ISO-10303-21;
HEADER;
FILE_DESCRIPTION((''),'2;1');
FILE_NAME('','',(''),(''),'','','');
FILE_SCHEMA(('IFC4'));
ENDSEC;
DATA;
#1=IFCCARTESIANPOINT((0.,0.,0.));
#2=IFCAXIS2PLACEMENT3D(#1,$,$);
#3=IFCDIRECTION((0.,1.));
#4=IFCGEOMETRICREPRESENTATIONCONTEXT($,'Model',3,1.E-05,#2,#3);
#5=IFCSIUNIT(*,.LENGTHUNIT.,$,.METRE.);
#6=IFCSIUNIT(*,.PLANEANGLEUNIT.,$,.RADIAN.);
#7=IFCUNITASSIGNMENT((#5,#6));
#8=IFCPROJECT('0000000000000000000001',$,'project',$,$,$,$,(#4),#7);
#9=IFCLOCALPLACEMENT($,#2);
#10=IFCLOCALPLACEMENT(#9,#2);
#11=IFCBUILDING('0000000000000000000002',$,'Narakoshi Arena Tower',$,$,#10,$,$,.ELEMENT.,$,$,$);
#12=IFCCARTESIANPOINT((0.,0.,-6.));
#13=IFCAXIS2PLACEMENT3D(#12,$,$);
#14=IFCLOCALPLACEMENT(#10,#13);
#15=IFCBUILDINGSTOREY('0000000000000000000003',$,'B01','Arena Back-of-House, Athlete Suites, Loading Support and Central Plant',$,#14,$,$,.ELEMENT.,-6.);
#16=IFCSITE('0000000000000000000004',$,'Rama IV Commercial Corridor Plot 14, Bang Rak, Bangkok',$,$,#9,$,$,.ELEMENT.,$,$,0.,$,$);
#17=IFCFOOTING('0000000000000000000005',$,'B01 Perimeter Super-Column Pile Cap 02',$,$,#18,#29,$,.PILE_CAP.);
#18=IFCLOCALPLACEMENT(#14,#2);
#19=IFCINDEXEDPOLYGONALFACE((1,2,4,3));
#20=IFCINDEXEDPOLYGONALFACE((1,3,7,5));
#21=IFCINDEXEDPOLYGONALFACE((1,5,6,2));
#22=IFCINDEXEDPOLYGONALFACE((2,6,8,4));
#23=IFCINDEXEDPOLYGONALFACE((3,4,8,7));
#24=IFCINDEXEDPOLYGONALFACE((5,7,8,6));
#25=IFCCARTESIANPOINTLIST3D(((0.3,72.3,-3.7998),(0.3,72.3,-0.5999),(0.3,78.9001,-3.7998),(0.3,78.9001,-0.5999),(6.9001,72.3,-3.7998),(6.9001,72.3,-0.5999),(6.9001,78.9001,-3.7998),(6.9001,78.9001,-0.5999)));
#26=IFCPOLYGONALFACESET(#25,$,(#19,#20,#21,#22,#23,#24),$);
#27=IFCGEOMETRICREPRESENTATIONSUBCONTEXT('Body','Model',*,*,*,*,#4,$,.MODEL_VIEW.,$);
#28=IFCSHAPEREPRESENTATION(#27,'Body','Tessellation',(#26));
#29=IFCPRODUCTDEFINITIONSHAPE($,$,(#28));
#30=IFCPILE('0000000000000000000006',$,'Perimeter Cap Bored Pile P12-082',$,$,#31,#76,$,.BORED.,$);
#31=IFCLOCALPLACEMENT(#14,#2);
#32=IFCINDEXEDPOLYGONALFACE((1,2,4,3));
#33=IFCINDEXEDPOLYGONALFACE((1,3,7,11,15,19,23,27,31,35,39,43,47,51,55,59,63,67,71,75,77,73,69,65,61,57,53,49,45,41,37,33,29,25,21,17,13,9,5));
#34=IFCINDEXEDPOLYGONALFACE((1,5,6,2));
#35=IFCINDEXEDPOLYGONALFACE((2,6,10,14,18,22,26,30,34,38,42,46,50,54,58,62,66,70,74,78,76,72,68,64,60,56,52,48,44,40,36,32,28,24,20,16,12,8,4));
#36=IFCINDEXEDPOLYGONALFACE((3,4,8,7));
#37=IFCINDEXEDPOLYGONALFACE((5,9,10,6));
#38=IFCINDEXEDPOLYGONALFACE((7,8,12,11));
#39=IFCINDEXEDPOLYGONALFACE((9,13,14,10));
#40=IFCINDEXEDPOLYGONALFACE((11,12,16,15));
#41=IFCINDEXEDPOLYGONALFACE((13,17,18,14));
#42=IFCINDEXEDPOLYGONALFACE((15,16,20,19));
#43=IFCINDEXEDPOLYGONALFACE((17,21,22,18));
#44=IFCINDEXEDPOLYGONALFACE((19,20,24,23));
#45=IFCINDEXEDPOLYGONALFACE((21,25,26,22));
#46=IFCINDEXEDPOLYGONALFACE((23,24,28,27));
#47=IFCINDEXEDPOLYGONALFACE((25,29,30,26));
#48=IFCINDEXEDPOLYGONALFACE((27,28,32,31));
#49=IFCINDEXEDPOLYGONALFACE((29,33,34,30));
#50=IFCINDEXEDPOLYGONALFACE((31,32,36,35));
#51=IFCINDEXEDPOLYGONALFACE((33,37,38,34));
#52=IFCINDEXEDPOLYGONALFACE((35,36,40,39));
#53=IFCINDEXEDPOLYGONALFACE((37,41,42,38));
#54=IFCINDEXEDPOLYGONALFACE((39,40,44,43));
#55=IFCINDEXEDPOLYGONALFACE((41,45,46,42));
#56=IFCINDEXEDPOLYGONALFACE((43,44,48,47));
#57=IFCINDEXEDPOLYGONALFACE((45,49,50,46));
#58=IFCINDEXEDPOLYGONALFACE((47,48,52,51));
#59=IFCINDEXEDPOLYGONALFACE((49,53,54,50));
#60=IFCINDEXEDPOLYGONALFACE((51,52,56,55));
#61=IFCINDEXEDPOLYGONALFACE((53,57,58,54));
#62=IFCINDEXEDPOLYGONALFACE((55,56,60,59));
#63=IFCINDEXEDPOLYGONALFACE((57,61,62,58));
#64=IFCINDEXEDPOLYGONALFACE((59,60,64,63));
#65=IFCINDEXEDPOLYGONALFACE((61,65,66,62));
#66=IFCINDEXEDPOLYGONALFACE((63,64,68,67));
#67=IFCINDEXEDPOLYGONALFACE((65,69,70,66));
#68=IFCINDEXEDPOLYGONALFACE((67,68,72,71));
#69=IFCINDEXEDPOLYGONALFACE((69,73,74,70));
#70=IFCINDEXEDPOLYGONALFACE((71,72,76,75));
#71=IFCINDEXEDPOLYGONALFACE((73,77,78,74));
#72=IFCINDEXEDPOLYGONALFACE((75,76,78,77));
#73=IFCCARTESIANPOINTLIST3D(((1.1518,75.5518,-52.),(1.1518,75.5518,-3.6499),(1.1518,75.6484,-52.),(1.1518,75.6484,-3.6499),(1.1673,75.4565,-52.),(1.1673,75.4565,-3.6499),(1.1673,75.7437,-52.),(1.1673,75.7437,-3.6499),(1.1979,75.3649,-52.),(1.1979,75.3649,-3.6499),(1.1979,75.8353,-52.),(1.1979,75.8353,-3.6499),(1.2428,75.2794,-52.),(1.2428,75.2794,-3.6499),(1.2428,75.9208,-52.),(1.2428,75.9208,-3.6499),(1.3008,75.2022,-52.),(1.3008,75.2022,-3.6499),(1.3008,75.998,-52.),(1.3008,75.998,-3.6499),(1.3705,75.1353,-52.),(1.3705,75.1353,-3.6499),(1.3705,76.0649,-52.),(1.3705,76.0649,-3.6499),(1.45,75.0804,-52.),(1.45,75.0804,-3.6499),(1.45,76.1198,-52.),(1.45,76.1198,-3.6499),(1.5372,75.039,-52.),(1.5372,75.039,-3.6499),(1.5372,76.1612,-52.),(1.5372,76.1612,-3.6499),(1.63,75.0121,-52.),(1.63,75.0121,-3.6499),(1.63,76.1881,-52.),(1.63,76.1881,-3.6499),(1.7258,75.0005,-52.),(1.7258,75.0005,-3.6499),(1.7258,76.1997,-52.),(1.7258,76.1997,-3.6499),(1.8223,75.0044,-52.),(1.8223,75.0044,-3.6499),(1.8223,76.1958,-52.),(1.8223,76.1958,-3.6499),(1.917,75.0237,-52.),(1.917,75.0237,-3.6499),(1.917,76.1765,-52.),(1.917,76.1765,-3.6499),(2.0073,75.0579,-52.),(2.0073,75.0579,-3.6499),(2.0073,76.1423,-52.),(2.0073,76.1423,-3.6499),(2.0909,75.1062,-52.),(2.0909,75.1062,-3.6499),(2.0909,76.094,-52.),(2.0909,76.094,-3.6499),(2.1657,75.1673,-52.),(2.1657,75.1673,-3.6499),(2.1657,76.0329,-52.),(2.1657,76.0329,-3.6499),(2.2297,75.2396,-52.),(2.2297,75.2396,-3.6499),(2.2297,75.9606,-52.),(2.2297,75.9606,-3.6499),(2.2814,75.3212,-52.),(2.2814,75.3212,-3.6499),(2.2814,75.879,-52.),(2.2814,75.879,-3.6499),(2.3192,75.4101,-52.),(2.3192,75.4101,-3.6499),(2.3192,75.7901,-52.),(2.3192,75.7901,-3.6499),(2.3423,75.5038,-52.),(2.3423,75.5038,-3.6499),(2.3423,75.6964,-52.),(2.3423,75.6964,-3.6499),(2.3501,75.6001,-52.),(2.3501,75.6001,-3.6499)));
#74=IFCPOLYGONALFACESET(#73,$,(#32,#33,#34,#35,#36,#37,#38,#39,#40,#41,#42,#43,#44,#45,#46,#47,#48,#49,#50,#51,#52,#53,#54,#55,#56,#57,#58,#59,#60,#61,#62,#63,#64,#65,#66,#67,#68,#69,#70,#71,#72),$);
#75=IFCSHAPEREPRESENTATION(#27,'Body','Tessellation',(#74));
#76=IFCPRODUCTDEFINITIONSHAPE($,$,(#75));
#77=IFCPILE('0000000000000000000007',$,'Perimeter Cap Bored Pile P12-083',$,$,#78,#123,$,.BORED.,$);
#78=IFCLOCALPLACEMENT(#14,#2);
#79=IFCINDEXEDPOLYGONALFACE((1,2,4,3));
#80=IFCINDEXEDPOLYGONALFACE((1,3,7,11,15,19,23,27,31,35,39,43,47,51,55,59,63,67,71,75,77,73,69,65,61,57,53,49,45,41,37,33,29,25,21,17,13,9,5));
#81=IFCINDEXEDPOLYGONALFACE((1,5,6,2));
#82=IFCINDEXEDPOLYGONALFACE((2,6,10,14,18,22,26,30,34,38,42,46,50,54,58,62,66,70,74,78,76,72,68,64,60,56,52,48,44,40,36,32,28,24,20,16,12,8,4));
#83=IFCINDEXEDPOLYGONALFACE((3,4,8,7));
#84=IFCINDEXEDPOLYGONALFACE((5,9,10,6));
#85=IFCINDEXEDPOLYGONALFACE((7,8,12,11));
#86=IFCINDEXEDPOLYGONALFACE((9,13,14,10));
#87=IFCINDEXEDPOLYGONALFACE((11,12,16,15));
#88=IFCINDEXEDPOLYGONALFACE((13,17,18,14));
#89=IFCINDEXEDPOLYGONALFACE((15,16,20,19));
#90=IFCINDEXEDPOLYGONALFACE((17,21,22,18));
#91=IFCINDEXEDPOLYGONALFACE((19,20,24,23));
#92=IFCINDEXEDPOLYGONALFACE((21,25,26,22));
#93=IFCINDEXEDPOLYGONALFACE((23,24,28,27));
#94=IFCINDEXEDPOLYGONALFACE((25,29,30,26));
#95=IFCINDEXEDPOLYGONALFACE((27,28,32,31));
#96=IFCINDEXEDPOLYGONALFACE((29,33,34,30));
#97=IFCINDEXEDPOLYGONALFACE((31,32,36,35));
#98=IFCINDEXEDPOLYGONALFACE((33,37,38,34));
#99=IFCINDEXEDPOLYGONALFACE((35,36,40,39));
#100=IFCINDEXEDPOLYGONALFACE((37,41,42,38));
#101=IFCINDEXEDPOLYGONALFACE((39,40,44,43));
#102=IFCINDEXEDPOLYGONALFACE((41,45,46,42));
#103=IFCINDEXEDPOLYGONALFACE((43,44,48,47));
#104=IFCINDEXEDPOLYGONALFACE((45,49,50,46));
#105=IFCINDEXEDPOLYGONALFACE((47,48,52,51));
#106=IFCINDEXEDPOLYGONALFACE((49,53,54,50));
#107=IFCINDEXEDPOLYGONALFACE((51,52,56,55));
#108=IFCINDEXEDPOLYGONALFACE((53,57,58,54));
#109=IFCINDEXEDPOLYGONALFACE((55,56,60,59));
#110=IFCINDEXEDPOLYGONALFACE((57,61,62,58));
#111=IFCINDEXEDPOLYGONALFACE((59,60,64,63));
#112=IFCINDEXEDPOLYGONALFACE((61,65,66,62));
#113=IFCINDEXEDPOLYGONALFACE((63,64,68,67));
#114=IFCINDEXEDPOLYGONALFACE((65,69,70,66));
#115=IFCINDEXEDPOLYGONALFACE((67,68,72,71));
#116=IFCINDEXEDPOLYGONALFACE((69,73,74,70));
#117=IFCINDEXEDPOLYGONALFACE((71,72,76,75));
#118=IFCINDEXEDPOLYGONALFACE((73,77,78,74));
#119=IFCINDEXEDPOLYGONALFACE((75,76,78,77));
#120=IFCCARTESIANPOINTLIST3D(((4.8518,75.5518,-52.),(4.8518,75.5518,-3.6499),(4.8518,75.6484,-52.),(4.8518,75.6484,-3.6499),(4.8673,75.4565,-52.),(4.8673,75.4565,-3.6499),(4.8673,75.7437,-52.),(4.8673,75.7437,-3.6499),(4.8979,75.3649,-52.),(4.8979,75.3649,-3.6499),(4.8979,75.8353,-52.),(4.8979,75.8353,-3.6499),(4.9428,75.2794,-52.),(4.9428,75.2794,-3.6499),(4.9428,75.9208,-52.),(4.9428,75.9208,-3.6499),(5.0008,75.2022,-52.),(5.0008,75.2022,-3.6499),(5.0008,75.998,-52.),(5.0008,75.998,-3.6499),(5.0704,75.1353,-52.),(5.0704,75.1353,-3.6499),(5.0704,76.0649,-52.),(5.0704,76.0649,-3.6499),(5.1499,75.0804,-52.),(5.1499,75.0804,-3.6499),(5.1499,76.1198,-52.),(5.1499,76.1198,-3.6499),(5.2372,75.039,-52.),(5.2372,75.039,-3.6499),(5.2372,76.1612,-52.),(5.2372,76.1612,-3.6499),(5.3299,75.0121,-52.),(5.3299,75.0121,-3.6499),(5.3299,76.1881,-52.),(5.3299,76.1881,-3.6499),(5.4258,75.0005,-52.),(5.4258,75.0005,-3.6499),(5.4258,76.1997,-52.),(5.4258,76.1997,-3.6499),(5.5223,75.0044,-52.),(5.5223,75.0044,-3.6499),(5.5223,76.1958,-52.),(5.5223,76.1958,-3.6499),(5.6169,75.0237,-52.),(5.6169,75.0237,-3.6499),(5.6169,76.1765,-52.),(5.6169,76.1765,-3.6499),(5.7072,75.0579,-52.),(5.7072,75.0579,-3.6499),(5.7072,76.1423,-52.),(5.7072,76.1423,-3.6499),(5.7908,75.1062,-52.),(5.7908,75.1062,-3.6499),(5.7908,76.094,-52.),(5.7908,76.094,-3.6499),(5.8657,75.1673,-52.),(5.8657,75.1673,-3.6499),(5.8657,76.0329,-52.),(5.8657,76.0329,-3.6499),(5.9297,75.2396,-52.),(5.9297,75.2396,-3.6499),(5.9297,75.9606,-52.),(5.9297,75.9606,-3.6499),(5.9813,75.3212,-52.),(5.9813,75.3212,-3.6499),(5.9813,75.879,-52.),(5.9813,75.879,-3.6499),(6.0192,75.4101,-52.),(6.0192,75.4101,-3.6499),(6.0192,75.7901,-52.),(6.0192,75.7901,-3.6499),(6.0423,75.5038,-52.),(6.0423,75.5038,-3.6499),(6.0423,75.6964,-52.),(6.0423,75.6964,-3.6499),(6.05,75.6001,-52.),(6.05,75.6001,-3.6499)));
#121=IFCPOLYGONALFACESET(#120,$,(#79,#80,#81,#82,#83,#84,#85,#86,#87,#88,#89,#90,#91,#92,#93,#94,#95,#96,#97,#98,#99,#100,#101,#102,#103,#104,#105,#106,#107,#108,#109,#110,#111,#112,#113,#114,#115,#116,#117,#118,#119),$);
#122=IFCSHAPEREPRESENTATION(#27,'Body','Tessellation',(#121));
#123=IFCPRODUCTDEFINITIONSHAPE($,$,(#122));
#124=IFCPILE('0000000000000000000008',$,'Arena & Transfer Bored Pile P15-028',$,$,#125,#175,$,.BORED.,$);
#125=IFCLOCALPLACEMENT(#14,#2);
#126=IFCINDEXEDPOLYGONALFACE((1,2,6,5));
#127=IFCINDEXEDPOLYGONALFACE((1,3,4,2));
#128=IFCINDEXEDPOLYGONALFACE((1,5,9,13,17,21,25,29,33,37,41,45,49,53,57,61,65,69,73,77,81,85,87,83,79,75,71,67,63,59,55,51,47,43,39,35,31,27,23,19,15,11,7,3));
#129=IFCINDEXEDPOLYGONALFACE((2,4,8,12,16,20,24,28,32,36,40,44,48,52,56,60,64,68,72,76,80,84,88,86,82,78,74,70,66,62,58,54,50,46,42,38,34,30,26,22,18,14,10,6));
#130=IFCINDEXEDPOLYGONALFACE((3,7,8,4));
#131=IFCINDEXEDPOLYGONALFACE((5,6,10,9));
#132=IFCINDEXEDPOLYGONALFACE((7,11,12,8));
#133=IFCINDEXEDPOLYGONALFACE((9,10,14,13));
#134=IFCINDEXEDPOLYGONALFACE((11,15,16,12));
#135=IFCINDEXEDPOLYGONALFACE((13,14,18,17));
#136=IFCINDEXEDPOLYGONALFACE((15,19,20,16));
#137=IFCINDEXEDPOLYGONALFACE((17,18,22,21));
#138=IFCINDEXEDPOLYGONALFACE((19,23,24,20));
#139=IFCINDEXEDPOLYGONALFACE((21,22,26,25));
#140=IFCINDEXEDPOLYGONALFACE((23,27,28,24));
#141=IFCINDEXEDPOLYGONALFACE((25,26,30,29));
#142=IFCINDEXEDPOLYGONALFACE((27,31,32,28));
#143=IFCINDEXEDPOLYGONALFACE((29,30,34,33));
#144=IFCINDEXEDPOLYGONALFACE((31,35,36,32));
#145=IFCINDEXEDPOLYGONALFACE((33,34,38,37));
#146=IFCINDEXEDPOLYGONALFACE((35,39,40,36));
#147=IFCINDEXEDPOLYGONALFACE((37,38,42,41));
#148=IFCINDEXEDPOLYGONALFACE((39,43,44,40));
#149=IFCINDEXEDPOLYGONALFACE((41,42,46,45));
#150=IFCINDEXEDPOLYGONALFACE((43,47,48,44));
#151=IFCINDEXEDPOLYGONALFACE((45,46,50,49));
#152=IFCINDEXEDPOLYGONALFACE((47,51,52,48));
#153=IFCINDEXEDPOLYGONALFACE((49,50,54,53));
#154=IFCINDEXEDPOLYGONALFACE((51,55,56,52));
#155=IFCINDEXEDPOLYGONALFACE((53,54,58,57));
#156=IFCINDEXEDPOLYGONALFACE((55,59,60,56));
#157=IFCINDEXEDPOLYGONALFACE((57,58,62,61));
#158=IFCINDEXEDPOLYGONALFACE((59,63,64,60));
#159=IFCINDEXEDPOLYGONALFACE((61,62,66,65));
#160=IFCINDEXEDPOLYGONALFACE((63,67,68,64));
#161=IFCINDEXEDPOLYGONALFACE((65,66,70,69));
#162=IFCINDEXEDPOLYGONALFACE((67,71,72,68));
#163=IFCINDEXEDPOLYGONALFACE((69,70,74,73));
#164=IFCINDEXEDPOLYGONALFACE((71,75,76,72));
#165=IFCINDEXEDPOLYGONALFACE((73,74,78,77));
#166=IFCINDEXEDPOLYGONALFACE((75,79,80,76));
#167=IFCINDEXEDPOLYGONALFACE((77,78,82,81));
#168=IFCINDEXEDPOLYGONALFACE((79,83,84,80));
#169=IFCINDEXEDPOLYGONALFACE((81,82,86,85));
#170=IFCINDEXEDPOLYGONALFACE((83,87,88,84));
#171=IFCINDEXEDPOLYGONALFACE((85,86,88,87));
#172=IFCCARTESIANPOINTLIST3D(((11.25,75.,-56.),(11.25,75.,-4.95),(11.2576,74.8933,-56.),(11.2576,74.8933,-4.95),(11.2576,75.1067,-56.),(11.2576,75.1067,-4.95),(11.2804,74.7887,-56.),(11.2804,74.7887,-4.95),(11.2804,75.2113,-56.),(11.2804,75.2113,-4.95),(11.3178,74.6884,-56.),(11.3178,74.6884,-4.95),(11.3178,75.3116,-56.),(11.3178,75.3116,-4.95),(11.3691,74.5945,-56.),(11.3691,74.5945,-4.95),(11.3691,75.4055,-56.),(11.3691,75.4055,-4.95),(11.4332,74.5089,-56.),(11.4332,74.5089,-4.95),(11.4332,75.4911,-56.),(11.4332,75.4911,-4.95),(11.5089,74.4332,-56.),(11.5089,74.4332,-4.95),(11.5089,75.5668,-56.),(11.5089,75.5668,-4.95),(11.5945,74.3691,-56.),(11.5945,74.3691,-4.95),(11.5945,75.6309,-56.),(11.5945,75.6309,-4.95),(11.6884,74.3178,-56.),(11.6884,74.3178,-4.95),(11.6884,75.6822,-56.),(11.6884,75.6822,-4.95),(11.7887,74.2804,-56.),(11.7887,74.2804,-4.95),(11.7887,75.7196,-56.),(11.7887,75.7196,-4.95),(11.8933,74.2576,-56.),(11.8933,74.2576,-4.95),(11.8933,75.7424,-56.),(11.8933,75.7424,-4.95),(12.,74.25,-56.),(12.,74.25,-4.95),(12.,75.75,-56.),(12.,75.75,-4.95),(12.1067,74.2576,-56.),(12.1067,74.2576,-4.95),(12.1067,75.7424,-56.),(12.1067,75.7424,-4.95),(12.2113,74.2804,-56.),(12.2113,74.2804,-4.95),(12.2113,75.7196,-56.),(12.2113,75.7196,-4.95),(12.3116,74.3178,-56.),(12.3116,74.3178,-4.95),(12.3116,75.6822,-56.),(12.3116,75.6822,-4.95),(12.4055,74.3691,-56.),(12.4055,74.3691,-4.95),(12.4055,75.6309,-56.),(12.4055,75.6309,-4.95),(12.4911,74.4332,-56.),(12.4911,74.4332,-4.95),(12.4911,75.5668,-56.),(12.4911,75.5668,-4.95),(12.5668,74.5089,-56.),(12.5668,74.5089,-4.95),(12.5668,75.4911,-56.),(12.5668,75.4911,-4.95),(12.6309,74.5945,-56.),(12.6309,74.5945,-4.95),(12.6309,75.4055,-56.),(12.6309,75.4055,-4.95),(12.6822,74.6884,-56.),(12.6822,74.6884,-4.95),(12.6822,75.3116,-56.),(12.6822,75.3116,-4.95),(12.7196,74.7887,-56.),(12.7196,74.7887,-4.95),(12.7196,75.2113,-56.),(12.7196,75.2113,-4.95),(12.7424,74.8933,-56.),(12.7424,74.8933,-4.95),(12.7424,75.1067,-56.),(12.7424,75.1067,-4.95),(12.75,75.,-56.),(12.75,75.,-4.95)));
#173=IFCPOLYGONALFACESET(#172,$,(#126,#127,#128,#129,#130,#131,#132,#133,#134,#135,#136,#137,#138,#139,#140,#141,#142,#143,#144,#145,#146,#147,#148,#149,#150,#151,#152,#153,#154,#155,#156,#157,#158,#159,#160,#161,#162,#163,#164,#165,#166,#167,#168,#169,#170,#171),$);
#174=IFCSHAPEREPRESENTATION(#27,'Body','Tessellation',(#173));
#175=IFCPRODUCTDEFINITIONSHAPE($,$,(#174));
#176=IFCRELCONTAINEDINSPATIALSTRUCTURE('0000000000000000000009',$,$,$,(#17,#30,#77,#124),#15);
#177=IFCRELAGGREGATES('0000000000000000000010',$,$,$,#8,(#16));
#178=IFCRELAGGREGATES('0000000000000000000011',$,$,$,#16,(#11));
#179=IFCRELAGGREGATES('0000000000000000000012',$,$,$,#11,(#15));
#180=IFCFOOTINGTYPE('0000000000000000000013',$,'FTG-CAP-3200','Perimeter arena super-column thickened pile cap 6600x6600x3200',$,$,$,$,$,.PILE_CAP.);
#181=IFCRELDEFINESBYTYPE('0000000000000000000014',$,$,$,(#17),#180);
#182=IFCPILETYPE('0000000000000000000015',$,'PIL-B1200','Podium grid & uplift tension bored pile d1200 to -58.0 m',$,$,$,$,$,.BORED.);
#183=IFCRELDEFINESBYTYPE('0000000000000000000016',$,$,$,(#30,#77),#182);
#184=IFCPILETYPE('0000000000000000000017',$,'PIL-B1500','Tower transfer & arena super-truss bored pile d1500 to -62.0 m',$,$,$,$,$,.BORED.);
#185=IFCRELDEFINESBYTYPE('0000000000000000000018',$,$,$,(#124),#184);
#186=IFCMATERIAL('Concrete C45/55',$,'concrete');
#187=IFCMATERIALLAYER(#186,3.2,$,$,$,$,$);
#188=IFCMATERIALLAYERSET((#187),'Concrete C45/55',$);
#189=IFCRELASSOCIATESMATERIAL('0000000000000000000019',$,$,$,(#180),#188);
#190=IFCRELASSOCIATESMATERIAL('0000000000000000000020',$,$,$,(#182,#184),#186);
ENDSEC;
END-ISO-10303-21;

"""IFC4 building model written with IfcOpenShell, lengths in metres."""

from ifc_helpers import new_model, si_unit, direction, frame, origin, origin_2d, place, context, subcontext, project, spatial, rectangle, circle, extrude, material, layer, layer_set, material_profile, profile_set, type_object, element, save


model = new_model("IFC4")

# Units and contexts
model_context = context("Model", 3, precision=1e-05, world=origin(), true_north=direction((0.0, 1.0)))
body_context = subcontext(model_context, "Body", "Model", "MODEL_VIEW")
ifc_project = project(units=[si_unit("LENGTHUNIT", "METRE"), si_unit("PLANEANGLEUNIT", "RADIAN")], contexts=[model_context])

# Site, building, storey
site_placement = place(None, origin())
site = spatial("IfcSite", under=ifc_project, at=site_placement, Name="Rama IV Commercial Corridor Plot 14, Bang Rak, Bangkok", CompositionType="ELEMENT", RefElevation=0.0)
building_placement = place(site_placement, origin())
building = spatial("IfcBuilding", under=site, at=building_placement, Name="Narakoshi Arena Tower", CompositionType="ELEMENT")
storey_placement = place(building_placement, frame((0.0, 0.0, -6.0)))
storey = spatial("IfcBuildingStorey", under=building, at=storey_placement, Name="B01", Description="Arena Back-of-House, Athlete Suites, Loading Support and Central Plant", CompositionType="ELEMENT", Elevation=-6.0)

# Footing
ifc_material_1 = material(Name="Concrete C45/55", Category="concrete")
ifc_layer_1 = layer(ifc_material_1, 3.2)
ifc_layer_set_1 = layer_set([ifc_layer_1], Name="Concrete C45/55")
footing_type = type_object("IfcFootingType", Name="FTG-CAP-3200", Description="Perimeter arena super-column thickened pile cap 6600x6600x3200", PredefinedType="PILE_CAP", material=ifc_layer_set_1)
footing_placement = place(storey_placement, frame((3.6001, 75.6001, -3.7998), z_axis=(0.0, 0.0, 1.0), x_axis=(1.0, 0.0, 0.0)))
element("IfcFooting", 1, at=footing_placement, inside=storey, type_object=footing_type, Name="B01 Perimeter Super-Column Pile Cap 02", PredefinedType="PILE_CAP", context=body_context, shape_type="SweptSolid", body=[
    extrude(rectangle(XDim=6.6001, YDim=6.6001, at=origin_2d()), origin(), (0.0, 0.0, 1.0), 3.2),
])

# Piles
ifc_material_profile_1 = material_profile(ifc_material_1, circle(Radius=0.6001, at=origin_2d()), Name="PILE-D1200")
ifc_profile_set_1 = profile_set([ifc_material_profile_1], Name="Concrete C45/55")
pile_type_1 = type_object("IfcPileType", Name="PIL-B1200", Description="Podium grid & uplift tension bored pile d1200 to -58.0 m", PredefinedType="BORED", material=ifc_profile_set_1)
for number, where, z_axis, x_axis, name in (
    (2, (1.75, 75.6001, -3.6499), (0.0, 0.0, -1.0), (1.0, 0.0, 0.0), "Perimeter Cap Bored Pile P12-082"),
    (3, (5.45, 75.6001, -3.6499), (0.0, 0.0, -1.0), (1.0, 0.0, 0.0), "Perimeter Cap Bored Pile P12-083"),
):
    element("IfcPile", number, at=place(storey_placement, frame(where, z_axis=z_axis, x_axis=x_axis)), inside=storey, type_object=pile_type_1, Name=name, PredefinedType="BORED", context=body_context, shape_type="SweptSolid", body=[
        extrude(circle(Radius=0.6001, at=origin_2d()), origin(), (0.0, 0.0, 1.0), 48.3501),
    ])
ifc_material_profile_2 = material_profile(ifc_material_1, circle(Radius=0.75, at=origin_2d()), Name="PILE-D1500")
ifc_profile_set_2 = profile_set([ifc_material_profile_2], Name="Concrete C45/55")
pile_type_2 = type_object("IfcPileType", Name="PIL-B1500", Description="Tower transfer & arena super-truss bored pile d1500 to -62.0 m", PredefinedType="BORED", material=ifc_profile_set_2)
for number, where, z_axis, x_axis, name in (
    (4, (12.0, 75.0, -4.95), (0.0, 0.0, -1.0), (1.0, 0.0, 0.0), "Arena & Transfer Bored Pile P15-028"),
):
    element("IfcPile", number, at=place(storey_placement, frame(where, z_axis=z_axis, x_axis=x_axis)), inside=storey, type_object=pile_type_2, Name=name, PredefinedType="BORED", context=body_context, shape_type="SweptSolid", body=[
        extrude(circle(Radius=0.75, at=origin_2d()), origin(), (0.0, 0.0, 1.0), 51.05),
    ])

save(model, "model.ifc")
